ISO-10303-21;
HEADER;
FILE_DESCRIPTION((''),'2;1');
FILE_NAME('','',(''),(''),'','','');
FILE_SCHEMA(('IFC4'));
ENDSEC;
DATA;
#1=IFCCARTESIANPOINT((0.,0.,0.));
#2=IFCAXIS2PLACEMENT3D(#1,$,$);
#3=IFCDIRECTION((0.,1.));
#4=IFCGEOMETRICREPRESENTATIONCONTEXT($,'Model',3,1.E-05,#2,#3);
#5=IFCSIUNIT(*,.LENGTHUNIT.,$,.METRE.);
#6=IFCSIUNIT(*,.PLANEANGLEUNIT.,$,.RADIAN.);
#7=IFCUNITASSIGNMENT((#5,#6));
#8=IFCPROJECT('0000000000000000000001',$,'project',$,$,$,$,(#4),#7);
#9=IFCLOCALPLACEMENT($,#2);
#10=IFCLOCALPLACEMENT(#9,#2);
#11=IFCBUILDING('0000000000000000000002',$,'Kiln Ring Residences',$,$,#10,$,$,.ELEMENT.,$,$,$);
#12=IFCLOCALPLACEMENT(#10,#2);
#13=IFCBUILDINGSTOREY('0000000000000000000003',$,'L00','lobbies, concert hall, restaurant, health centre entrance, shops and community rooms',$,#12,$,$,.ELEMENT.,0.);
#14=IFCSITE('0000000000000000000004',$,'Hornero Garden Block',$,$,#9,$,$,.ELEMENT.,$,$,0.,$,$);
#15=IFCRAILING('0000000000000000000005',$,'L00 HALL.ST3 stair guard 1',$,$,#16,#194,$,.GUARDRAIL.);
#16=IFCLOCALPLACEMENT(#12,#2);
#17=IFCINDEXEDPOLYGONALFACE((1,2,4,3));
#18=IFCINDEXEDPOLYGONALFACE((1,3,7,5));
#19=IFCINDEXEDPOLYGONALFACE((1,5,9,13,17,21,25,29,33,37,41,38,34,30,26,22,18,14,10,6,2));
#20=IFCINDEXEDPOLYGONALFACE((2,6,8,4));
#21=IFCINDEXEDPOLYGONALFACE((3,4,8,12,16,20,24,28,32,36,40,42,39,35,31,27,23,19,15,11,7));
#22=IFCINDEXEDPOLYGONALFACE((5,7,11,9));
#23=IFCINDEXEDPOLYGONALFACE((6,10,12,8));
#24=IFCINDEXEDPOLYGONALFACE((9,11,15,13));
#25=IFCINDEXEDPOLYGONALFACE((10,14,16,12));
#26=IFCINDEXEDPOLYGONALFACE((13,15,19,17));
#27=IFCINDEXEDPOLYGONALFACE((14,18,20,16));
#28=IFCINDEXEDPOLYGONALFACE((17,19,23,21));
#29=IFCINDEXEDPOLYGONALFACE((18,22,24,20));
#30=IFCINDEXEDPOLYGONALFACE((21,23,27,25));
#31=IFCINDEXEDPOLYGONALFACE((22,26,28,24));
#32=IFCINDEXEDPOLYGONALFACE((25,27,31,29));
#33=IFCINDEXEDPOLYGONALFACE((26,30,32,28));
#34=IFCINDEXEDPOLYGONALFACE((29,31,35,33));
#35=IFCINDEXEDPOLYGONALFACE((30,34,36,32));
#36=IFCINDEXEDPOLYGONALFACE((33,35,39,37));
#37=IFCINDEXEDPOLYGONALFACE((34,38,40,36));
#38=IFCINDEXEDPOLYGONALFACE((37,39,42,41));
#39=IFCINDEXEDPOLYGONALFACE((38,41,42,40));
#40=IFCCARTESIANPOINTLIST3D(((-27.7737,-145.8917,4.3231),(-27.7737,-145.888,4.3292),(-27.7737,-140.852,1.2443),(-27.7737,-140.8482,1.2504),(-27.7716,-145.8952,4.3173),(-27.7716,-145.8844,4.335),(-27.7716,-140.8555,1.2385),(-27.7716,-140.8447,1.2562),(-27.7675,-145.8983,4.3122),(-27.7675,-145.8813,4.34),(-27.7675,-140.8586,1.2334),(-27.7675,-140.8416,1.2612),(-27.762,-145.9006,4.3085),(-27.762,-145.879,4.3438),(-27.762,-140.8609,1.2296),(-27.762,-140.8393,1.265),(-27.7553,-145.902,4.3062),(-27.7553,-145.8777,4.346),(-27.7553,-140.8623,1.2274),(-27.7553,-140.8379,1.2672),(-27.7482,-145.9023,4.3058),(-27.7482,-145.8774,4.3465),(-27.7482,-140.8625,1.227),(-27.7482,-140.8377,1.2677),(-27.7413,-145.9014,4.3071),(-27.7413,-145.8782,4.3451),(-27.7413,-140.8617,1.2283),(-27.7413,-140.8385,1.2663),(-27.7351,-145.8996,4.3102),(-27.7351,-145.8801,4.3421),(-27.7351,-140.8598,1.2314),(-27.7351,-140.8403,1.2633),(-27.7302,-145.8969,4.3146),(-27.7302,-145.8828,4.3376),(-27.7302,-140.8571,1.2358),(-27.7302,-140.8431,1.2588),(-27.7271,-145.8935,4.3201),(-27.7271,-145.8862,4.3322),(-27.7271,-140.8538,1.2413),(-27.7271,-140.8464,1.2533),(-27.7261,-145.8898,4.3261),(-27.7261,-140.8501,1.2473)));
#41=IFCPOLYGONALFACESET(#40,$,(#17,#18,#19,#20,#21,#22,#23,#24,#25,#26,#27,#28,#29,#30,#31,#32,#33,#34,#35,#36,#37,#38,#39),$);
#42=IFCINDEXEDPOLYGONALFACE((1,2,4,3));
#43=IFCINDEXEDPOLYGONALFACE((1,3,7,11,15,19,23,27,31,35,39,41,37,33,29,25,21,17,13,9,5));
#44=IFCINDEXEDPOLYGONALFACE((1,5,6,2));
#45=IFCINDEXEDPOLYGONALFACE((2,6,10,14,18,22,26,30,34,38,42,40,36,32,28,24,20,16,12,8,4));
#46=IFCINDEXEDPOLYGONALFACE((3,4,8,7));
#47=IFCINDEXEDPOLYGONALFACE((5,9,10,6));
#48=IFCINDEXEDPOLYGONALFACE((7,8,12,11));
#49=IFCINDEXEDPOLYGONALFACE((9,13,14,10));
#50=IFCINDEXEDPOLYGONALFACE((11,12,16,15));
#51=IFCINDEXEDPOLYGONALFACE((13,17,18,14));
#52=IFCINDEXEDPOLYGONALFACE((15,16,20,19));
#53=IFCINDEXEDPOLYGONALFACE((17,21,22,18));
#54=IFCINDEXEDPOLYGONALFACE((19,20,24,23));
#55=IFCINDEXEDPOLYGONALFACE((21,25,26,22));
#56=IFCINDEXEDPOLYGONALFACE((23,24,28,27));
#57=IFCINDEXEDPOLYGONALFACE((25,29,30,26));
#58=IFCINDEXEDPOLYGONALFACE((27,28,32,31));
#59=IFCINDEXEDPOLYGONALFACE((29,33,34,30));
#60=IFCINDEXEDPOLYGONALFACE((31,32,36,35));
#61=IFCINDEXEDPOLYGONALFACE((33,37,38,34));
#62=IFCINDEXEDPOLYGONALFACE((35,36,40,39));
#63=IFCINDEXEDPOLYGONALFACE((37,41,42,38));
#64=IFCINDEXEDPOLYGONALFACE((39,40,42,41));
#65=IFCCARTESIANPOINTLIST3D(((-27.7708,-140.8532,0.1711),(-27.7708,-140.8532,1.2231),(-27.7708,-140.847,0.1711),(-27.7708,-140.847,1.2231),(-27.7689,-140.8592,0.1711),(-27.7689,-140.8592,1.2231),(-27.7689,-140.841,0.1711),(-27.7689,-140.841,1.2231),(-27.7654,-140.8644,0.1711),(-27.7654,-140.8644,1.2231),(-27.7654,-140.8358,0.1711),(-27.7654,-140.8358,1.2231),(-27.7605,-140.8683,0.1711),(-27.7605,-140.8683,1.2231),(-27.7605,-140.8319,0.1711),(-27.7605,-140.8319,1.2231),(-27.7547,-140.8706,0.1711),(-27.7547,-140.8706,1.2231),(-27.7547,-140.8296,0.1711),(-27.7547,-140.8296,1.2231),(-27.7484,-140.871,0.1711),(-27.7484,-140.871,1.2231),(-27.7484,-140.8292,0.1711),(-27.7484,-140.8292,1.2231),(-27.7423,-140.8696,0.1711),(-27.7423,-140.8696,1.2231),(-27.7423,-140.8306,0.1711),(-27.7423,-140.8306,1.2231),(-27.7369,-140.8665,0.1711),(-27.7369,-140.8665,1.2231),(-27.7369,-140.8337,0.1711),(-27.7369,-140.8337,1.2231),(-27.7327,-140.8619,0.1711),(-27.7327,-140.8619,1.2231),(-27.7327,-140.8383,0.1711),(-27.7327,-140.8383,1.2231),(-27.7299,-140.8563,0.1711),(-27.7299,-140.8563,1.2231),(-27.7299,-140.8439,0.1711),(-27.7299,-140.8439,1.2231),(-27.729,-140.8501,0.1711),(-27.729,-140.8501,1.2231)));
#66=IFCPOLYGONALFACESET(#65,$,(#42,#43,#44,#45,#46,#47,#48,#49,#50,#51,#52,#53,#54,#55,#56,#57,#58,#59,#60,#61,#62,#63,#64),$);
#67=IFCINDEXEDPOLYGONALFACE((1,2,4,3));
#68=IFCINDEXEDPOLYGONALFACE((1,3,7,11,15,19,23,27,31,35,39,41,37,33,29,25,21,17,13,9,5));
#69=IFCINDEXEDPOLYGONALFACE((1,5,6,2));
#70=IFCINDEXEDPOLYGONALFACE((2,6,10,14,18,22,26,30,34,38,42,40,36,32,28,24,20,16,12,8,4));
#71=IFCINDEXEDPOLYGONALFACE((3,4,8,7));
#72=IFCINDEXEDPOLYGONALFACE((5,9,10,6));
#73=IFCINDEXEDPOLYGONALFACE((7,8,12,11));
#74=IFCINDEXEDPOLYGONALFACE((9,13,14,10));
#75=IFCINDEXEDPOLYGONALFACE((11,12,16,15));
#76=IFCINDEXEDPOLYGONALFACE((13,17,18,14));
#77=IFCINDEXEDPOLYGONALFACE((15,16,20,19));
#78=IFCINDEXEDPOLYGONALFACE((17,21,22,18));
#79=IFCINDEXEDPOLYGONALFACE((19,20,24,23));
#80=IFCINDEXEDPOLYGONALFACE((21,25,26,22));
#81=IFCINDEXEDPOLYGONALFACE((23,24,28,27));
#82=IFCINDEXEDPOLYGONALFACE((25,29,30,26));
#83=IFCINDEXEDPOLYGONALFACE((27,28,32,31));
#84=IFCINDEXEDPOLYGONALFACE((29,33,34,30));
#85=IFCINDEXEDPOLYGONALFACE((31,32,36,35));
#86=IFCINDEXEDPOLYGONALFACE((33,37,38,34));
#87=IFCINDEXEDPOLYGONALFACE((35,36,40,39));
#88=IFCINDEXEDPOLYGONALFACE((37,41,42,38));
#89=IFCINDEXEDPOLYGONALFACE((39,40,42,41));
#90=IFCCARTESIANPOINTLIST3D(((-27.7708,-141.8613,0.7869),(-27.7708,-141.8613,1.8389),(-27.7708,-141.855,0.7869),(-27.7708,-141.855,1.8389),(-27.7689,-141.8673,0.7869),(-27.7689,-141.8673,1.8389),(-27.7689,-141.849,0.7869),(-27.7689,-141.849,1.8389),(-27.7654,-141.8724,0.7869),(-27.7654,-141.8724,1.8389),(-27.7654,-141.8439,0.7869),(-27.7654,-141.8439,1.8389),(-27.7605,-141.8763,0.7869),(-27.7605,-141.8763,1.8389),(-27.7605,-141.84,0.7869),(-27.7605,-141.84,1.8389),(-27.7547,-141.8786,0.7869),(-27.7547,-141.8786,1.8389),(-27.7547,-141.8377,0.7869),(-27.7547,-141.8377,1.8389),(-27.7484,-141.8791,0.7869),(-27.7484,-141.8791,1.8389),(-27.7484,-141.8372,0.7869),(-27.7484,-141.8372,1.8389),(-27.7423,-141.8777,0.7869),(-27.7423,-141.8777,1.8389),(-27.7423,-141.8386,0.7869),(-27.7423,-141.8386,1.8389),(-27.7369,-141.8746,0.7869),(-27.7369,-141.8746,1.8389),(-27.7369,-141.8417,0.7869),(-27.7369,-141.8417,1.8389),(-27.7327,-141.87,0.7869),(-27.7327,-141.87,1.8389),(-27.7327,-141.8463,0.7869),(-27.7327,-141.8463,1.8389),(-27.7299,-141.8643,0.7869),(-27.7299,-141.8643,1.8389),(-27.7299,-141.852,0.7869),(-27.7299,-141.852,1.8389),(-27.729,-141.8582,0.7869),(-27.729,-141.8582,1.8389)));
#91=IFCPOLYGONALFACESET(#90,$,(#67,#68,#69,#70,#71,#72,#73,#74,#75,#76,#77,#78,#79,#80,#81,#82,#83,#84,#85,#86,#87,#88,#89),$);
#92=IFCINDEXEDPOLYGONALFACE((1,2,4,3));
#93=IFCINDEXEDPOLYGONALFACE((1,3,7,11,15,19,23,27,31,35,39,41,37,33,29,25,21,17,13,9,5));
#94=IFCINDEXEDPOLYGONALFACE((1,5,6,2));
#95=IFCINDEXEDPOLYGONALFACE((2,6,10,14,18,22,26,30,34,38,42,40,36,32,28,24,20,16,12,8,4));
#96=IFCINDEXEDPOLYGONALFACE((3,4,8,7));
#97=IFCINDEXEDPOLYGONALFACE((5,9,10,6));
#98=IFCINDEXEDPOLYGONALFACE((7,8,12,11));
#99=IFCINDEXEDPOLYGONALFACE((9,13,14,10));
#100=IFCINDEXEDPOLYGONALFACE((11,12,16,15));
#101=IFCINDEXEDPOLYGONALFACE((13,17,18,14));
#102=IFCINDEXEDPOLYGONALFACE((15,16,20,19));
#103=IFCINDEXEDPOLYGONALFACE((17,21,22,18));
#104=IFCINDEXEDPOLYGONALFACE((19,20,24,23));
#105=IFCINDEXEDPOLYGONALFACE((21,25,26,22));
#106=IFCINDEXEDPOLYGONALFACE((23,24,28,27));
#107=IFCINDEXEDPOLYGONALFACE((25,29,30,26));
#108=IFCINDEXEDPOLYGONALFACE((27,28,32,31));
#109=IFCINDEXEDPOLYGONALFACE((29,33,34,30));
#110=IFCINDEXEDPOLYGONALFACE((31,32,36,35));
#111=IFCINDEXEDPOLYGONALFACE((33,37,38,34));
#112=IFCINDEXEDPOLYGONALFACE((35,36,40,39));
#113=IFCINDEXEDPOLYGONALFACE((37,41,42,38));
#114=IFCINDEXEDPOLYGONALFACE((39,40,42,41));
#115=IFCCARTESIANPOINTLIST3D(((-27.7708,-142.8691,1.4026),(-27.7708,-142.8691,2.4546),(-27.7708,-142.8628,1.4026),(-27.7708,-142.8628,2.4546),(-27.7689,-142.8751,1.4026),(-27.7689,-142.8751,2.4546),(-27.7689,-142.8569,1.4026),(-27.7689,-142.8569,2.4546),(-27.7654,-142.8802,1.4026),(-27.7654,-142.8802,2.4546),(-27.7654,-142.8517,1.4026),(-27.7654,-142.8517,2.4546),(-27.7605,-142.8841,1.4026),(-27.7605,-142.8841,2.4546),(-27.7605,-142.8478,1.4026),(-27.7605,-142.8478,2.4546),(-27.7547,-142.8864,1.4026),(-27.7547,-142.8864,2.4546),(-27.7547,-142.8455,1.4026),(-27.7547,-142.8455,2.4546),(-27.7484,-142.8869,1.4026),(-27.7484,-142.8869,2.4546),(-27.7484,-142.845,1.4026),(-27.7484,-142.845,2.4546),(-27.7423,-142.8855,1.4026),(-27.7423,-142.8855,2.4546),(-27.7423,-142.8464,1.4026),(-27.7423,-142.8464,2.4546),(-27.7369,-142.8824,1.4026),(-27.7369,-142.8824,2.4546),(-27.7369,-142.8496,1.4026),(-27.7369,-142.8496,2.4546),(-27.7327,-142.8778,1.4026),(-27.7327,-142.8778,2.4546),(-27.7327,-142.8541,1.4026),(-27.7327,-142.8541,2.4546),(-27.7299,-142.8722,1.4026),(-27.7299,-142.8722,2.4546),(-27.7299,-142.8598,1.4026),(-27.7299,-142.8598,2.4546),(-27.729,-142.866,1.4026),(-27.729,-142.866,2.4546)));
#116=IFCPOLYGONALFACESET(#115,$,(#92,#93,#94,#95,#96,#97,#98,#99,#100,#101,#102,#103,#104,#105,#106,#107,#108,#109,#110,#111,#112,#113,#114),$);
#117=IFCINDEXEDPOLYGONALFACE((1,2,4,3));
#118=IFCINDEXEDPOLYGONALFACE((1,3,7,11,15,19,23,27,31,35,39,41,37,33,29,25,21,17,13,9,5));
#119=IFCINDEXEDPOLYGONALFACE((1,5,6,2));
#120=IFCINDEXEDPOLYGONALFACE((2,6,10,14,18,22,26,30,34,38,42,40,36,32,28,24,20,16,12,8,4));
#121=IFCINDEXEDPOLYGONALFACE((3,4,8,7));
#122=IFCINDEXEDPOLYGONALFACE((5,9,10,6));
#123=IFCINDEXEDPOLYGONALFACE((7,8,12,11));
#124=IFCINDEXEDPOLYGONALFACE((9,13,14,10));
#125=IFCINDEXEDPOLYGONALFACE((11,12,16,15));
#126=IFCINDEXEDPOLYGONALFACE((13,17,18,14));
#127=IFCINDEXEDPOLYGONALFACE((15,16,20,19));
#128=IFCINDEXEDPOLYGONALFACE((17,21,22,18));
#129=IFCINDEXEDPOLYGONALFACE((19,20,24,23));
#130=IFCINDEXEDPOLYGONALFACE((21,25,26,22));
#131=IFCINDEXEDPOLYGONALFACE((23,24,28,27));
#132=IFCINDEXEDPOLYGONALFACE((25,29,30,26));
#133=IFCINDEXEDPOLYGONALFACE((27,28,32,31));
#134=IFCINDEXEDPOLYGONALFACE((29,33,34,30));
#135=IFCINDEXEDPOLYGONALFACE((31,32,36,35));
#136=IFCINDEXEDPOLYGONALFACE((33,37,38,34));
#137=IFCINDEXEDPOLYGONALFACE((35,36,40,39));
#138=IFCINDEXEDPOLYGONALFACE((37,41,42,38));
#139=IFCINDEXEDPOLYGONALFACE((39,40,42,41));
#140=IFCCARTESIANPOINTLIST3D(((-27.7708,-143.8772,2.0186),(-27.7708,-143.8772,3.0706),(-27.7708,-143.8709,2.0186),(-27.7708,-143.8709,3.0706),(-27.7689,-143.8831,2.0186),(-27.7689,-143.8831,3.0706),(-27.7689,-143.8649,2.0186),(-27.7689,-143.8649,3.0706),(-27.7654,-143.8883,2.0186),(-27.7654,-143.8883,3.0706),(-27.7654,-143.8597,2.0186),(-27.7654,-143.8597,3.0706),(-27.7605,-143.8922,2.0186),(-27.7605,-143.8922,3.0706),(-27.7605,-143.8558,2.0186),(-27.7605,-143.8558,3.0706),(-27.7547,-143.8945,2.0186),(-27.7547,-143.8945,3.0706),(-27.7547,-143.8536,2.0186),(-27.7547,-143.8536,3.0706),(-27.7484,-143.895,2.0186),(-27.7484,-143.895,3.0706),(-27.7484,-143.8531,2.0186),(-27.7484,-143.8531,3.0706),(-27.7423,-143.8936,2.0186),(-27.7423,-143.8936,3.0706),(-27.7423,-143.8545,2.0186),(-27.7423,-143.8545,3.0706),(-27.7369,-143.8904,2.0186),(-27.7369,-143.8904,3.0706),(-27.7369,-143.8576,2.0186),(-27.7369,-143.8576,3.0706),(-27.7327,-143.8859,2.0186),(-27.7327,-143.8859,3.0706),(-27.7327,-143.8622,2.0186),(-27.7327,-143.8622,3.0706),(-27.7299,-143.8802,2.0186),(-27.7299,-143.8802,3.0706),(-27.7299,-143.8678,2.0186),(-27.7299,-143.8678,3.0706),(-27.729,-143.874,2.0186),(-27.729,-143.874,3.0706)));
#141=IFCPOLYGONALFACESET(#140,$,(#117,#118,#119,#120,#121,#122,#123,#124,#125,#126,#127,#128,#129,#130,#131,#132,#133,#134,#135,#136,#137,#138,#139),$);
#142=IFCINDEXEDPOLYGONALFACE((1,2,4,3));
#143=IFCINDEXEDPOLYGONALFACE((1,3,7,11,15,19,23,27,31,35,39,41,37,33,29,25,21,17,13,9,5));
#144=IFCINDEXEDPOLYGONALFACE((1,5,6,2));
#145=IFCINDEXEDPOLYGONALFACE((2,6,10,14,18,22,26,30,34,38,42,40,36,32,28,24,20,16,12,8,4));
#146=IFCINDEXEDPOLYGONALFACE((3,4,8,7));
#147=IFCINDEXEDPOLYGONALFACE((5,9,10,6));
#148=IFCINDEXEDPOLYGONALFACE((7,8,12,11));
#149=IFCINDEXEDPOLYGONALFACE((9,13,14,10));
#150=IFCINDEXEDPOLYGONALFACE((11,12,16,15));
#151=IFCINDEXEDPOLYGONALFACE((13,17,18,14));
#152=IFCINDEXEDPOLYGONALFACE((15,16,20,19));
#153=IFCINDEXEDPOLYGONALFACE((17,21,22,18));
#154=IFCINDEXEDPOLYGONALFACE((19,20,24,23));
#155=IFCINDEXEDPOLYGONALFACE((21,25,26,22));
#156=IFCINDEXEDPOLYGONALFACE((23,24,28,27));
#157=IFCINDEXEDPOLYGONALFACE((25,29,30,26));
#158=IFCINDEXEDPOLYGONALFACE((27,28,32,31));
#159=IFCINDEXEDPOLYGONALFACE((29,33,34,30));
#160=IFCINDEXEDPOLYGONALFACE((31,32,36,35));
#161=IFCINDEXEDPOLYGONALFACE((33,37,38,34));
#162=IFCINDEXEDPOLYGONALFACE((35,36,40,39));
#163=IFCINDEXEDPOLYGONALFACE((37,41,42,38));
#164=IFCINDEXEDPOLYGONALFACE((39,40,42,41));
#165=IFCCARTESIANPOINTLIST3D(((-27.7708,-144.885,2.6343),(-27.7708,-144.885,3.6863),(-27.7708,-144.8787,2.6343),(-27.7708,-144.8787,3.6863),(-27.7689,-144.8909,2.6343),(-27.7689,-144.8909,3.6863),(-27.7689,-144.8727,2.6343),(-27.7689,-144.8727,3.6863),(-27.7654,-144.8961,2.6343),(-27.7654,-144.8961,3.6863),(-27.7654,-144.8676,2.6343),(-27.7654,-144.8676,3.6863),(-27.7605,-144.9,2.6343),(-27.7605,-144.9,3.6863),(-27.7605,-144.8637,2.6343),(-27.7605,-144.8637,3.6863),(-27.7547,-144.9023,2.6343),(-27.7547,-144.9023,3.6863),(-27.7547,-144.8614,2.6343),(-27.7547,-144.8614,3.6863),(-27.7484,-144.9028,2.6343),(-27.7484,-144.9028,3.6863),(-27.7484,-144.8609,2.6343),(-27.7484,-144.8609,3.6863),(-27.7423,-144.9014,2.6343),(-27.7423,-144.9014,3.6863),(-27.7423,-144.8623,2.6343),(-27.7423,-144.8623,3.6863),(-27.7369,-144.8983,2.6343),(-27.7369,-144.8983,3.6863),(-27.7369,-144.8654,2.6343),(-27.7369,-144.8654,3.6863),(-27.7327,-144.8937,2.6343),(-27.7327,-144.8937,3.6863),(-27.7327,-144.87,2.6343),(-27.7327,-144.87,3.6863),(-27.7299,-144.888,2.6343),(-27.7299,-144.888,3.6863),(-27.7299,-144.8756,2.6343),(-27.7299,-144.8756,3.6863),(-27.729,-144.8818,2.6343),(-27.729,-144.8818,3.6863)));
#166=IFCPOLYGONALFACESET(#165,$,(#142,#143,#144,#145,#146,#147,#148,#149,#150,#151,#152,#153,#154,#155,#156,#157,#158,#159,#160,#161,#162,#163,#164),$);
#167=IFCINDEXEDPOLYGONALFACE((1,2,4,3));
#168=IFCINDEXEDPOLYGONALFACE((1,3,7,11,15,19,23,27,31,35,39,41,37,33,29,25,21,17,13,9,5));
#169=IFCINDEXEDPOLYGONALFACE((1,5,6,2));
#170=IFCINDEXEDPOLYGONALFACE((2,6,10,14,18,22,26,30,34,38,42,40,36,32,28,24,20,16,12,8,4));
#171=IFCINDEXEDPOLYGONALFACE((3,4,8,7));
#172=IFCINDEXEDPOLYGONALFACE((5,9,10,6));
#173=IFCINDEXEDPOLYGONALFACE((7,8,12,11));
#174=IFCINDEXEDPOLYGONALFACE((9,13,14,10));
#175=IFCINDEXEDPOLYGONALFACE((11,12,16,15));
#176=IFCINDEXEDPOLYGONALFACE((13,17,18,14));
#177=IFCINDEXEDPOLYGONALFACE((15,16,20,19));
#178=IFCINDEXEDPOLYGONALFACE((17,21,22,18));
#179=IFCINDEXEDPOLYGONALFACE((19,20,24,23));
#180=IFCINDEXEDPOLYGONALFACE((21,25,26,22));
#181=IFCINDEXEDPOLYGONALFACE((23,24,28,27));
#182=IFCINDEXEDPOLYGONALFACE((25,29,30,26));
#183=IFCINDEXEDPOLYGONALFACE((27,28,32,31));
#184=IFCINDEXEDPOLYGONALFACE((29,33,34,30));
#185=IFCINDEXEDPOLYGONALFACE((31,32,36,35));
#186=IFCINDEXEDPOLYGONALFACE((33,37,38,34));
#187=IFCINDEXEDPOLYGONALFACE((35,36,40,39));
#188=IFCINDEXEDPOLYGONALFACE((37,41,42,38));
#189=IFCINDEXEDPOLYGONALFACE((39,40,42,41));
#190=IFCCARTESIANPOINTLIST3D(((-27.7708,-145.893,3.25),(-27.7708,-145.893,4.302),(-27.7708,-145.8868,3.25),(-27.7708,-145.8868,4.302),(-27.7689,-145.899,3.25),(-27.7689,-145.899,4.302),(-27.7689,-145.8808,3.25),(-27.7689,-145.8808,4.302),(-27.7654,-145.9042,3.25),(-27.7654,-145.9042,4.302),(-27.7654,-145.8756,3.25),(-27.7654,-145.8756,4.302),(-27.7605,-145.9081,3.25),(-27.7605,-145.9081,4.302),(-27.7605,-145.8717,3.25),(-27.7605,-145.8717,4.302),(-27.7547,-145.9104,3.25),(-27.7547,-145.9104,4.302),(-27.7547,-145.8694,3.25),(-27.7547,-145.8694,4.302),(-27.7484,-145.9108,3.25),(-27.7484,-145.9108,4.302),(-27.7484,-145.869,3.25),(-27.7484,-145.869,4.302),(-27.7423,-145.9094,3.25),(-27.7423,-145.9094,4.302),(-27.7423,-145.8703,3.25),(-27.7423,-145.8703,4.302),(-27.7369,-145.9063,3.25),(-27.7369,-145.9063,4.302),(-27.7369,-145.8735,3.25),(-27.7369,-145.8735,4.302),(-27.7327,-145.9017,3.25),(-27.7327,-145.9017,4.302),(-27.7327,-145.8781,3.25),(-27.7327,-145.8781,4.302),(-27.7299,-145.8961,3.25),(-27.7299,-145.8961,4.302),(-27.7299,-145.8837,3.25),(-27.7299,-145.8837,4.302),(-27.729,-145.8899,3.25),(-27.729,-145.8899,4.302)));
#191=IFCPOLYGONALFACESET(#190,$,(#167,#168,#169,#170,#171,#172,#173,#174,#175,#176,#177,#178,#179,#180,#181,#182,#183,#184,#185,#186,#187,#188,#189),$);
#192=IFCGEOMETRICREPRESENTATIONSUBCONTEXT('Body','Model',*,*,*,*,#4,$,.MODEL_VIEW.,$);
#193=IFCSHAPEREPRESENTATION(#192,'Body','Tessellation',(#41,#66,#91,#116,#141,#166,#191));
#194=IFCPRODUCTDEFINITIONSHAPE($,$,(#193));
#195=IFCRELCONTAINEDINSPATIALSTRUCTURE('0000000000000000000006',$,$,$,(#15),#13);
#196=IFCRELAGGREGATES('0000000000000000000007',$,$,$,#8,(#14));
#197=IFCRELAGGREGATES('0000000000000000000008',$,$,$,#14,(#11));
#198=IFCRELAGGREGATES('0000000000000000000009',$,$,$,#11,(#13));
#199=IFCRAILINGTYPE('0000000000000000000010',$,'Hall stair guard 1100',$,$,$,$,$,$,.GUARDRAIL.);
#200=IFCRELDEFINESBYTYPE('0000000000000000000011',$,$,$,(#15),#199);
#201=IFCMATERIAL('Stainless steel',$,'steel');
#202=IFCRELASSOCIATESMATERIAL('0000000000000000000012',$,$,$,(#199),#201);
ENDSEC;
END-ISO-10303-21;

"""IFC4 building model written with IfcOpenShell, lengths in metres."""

from ifc_helpers import new_model, si_unit, direction, frame, origin, origin_2d, place, context, subcontext, project, spatial, circle, extrude, material, type_object, element, save


model = new_model("IFC4")

# Units and contexts
model_context = context("Model", 3, precision=1e-05, world=origin(), true_north=direction((0.0, 1.0)))
body_context = subcontext(model_context, "Body", "Model", "MODEL_VIEW")
ifc_project = project(units=[si_unit("LENGTHUNIT", "METRE"), si_unit("PLANEANGLEUNIT", "RADIAN")], contexts=[model_context])

# Site, building, storey
site_placement = place(None, origin())
site = spatial("IfcSite", under=ifc_project, at=site_placement, Name="Hornero Garden Block", CompositionType="ELEMENT", RefElevation=0.0)
building_placement = place(site_placement, origin())
building = spatial("IfcBuilding", under=site, at=building_placement, Name="Kiln Ring Residences", CompositionType="ELEMENT")
storey_placement = place(building_placement, origin())
storey = spatial("IfcBuildingStorey", under=building, at=storey_placement, Name="L00", Description="lobbies, concert hall, restaurant, health centre entrance, shops and community rooms", CompositionType="ELEMENT", Elevation=0.0)

# Railing
ifc_material_1 = material(Name="Stainless steel", Category="steel")
railing_type_1 = type_object("IfcRailingType", Name="Hall stair guard 1100", PredefinedType="GUARDRAIL", material=ifc_material_1)
railing_1_placement = place(storey_placement, frame((-27.75, -140.8501, 0.1711)))
element("IfcRailing", 1, at=railing_1_placement, inside=storey, type_object=railing_type_1, Name="L00 HALL.ST3 stair guard 1", PredefinedType="GUARDRAIL", context=body_context, shape_type="SweptSolid", body=[
    extrude(circle(Radius=0.0239, at=origin_2d()), frame((0.0, 0.0, 1.0762), z_axis=(0.0, -0.853358, 0.521325), x_axis=(1.0, 0.0, 0.0)), (0.0, 0.0, 1.0), 5.9058),
    extrude(circle(Radius=0.021, at=origin_2d()), origin(), (0.0, 0.0, 1.0), 1.052),
    extrude(circle(Radius=0.021, at=origin_2d()), frame((0.0, -1.0081, 0.6157)), (0.0, 0.0, 1.0), 1.052),
    extrude(circle(Radius=0.021, at=origin_2d()), frame((0.0, -2.0159, 1.2314)), (0.0, 0.0, 1.0), 1.052),
    extrude(circle(Radius=0.021, at=origin_2d()), frame((0.0, -3.0239, 1.8474)), (0.0, 0.0, 1.0), 1.052),
    extrude(circle(Radius=0.021, at=origin_2d()), frame((0.0, -4.0317, 2.4631)), (0.0, 0.0, 1.0), 1.052),
    extrude(circle(Radius=0.021, at=origin_2d()), frame((0.0, -5.0398, 3.0789)), (0.0, 0.0, 1.0), 1.052),
])

save(model, "model.ifc")
